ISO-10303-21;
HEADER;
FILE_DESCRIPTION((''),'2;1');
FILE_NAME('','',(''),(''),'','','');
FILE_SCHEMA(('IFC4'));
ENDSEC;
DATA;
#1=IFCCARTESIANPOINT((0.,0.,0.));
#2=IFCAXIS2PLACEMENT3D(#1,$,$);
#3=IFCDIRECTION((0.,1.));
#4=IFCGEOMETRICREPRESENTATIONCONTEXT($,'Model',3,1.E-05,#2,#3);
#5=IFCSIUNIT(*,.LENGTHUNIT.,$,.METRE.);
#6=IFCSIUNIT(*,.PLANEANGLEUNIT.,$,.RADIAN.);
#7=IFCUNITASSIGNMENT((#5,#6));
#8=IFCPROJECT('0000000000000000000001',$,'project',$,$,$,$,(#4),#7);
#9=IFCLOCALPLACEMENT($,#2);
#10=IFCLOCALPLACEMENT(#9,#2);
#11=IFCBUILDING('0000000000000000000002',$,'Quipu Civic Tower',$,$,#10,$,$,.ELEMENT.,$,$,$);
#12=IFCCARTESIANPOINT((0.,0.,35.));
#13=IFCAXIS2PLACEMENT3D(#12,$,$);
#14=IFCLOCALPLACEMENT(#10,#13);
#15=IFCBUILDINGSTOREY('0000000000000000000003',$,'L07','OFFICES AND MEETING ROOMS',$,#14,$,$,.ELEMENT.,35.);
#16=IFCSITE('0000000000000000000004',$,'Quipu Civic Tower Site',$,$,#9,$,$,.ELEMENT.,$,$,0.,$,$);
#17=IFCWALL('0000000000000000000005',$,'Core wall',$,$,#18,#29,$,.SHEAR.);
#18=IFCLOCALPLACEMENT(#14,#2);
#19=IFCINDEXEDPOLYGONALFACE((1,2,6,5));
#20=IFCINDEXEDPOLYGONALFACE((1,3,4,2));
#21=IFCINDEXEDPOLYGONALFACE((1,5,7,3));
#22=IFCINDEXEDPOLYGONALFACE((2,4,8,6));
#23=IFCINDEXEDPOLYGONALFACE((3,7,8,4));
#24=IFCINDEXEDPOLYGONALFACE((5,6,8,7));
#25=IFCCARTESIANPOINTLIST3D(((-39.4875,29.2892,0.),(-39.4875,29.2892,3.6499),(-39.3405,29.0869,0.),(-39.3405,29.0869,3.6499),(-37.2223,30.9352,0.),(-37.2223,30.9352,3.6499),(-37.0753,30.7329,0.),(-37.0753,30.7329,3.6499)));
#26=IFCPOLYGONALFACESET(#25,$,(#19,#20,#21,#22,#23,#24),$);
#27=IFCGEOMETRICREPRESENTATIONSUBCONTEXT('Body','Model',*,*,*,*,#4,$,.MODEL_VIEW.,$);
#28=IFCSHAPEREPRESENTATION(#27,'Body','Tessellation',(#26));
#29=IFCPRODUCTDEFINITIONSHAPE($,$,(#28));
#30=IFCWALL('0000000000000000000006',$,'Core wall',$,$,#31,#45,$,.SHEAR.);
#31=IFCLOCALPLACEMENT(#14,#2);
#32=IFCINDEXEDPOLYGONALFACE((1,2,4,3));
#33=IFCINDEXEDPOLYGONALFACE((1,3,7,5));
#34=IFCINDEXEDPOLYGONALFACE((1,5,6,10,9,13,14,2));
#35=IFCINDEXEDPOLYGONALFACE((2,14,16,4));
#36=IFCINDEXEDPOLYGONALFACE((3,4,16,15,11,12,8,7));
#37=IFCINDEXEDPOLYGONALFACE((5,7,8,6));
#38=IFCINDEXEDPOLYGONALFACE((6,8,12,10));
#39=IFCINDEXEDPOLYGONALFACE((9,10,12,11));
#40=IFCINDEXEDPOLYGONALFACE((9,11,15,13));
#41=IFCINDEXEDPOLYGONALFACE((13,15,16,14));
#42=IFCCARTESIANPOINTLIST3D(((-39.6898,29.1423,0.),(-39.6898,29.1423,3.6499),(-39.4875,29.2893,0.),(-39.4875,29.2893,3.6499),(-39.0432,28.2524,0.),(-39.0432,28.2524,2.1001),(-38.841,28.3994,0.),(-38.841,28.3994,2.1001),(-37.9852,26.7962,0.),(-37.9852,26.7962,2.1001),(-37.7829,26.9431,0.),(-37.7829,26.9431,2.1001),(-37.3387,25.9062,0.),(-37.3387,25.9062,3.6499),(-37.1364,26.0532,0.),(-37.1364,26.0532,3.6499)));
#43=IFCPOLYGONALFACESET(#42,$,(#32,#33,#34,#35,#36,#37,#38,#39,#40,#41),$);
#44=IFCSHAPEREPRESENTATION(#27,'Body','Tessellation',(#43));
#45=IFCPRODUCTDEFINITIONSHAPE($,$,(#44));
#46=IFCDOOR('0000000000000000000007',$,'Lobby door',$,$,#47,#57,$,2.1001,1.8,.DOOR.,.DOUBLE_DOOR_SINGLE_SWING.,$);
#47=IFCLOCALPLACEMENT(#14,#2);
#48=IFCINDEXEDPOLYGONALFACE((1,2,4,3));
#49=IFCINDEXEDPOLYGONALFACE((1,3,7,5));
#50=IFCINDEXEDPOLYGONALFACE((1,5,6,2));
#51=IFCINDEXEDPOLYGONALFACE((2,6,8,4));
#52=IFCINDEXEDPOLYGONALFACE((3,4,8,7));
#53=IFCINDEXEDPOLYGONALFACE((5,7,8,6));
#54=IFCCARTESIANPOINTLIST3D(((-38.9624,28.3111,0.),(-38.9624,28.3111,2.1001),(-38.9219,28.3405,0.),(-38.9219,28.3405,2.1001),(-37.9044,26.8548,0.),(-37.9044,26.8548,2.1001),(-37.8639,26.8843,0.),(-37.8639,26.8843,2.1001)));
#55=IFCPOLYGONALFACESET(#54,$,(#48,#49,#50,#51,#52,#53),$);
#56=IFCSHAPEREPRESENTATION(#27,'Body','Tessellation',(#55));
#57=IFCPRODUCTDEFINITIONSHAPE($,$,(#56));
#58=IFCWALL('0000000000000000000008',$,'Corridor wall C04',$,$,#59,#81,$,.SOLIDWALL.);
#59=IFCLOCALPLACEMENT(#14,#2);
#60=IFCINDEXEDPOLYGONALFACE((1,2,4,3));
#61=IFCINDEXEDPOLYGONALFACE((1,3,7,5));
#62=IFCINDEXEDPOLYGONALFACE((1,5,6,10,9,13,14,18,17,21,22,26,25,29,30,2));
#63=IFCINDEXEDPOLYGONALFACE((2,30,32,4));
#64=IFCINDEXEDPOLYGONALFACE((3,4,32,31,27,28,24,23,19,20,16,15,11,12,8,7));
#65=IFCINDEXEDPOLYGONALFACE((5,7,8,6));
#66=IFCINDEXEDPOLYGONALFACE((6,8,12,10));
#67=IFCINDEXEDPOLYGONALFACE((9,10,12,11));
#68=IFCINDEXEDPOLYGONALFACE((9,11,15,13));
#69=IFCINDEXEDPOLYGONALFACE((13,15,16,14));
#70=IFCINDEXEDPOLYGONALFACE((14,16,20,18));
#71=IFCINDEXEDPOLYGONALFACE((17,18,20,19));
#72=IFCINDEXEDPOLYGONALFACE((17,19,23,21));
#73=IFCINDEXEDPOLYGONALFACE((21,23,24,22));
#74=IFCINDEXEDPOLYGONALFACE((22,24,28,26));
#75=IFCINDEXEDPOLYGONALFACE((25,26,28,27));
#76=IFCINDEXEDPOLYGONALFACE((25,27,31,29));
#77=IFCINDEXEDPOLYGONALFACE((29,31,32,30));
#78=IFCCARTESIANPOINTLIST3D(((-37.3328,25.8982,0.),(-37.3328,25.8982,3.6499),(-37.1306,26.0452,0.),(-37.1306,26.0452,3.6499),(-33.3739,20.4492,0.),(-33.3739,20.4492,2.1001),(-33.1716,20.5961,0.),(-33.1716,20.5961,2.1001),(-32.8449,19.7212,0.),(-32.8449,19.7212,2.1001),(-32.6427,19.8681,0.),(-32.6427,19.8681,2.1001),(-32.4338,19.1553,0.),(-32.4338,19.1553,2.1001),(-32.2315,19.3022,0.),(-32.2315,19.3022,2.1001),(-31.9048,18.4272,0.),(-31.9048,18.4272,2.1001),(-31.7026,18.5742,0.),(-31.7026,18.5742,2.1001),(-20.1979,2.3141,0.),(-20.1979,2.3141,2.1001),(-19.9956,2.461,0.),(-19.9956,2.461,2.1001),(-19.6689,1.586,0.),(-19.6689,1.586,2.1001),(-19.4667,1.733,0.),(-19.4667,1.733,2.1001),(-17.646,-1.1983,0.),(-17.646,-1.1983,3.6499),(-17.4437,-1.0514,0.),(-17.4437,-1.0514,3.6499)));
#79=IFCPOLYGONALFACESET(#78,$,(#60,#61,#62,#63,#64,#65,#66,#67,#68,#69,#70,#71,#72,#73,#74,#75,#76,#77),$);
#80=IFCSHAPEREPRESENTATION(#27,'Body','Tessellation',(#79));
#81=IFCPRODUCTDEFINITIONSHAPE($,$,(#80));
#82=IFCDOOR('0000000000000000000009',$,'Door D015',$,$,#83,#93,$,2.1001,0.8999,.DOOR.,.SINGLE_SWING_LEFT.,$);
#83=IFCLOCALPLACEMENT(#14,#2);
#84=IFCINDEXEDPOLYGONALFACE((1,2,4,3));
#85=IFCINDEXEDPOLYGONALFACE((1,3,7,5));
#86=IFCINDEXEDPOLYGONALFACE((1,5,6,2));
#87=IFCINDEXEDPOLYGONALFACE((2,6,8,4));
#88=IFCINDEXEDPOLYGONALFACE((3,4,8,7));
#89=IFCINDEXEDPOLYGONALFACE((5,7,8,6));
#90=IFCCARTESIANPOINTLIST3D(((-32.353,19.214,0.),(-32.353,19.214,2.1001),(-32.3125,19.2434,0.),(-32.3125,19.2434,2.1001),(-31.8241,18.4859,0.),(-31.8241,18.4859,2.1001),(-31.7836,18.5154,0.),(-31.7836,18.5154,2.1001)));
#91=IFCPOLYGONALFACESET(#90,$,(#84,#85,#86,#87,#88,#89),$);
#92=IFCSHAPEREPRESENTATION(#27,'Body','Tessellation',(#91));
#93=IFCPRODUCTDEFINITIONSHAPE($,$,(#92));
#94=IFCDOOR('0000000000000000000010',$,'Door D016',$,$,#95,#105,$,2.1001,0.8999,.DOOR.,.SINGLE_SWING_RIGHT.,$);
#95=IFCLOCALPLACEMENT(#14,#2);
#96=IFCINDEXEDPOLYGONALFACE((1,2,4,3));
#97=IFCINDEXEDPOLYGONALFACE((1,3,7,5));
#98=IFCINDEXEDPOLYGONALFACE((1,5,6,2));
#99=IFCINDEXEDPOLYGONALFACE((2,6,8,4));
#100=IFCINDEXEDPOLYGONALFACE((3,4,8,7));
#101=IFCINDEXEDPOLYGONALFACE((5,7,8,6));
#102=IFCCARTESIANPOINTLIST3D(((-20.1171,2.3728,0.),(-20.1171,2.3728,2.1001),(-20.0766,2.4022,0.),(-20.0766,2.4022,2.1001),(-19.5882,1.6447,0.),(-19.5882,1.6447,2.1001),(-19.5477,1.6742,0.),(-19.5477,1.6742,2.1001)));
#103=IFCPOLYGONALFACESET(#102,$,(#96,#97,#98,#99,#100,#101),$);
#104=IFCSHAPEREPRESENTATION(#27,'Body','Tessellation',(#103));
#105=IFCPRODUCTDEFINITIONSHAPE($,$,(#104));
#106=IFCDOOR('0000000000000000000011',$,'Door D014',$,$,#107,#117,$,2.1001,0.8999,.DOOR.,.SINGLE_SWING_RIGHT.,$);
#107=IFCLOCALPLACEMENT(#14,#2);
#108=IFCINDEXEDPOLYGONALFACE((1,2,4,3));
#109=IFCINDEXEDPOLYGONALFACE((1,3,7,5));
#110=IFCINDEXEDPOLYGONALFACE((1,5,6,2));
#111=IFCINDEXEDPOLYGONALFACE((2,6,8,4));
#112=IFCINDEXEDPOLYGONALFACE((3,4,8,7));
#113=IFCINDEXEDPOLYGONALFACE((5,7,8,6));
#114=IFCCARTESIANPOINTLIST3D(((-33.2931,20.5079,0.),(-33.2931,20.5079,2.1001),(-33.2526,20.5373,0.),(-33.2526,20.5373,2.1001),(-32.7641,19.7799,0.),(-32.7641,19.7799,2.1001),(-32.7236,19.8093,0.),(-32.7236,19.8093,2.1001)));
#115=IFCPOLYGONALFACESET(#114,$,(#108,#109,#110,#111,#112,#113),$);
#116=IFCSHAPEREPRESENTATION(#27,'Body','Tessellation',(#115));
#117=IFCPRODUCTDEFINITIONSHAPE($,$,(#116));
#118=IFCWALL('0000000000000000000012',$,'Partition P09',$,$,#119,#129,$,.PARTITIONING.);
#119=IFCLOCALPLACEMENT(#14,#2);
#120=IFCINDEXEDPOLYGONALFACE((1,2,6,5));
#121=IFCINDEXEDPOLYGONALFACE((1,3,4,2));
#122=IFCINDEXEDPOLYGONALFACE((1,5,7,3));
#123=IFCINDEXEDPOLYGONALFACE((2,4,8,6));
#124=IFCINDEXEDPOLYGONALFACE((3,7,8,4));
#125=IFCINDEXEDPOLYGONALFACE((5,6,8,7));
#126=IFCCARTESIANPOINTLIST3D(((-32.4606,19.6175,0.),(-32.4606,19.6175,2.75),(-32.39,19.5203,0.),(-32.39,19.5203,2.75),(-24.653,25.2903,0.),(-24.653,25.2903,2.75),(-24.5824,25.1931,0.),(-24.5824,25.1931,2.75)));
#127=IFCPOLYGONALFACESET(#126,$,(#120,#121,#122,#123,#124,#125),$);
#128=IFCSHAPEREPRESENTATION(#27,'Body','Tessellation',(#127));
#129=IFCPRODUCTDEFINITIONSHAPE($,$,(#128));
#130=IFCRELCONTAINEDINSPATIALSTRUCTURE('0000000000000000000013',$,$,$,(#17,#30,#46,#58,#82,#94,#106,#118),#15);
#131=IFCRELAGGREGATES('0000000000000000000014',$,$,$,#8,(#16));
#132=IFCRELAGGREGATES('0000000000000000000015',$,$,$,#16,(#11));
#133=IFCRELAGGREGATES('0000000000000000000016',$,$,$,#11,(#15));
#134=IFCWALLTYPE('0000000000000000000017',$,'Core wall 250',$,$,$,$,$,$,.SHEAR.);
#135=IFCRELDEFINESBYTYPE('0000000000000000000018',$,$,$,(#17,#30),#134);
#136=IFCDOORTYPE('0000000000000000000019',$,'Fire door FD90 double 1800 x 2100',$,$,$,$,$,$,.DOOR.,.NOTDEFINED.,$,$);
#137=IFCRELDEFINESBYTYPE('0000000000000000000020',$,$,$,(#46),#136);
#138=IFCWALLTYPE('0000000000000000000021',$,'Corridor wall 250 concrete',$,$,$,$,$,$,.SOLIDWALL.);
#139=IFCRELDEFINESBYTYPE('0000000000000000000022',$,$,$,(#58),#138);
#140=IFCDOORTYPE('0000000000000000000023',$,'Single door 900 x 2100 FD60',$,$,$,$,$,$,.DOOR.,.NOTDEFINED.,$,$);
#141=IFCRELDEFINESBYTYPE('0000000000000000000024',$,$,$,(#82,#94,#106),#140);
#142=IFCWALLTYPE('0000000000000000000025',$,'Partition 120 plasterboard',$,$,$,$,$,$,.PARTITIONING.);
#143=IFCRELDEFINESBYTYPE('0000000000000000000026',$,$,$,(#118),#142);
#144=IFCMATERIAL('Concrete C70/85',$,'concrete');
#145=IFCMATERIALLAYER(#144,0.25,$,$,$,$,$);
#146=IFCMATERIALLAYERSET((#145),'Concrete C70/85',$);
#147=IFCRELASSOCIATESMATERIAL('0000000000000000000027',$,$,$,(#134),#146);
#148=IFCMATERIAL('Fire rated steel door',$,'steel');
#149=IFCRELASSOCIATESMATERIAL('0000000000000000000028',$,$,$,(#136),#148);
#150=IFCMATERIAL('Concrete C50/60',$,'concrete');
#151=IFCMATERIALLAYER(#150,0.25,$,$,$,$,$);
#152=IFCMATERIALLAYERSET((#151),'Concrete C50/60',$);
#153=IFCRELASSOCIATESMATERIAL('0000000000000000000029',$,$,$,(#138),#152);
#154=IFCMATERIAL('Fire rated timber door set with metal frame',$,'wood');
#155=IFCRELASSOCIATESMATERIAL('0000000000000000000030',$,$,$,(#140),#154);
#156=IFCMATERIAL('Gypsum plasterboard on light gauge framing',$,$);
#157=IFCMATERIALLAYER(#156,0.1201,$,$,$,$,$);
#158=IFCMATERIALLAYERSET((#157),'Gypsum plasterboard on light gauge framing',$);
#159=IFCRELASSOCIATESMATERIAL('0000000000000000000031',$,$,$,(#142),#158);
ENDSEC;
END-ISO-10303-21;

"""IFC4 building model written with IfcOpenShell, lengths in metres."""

from ifc_helpers import new_model, si_unit, direction, frame, frame_2d, origin, place, context, subcontext, project, spatial, rectangle, extrude, material, layer, layer_set, type_object, element, fill, save


model = new_model("IFC4")

# Units and contexts
model_context = context("Model", 3, precision=1e-05, world=origin(), true_north=direction((0.0, 1.0)))
body_context = subcontext(model_context, "Body", "Model", "MODEL_VIEW")
ifc_project = project(units=[si_unit("LENGTHUNIT", "METRE"), si_unit("PLANEANGLEUNIT", "RADIAN")], contexts=[model_context])

# Site, building, storey
site_placement = place(None, origin())
site = spatial("IfcSite", under=ifc_project, at=site_placement, Name="Quipu Civic Tower Site", CompositionType="ELEMENT", RefElevation=0.0)
building_placement = place(site_placement, origin())
building = spatial("IfcBuilding", under=site, at=building_placement, Name="Quipu Civic Tower", CompositionType="ELEMENT")
storey_placement = place(building_placement, frame((0.0, 0.0, 35.0)))
storey = spatial("IfcBuildingStorey", under=building, at=storey_placement, Name="L07", Description="OFFICES AND MEETING ROOMS", CompositionType="ELEMENT", Elevation=35.0)

# Shared definitions
ifc_material_1 = material(Name="Concrete C70/85", Category="concrete")
ifc_layer_1 = layer(ifc_material_1, 0.25)
ifc_layer_set_1 = layer_set([ifc_layer_1], Name="Concrete C70/85")
wall_type_1 = type_object("IfcWallType", Name="Core wall 250", PredefinedType="SHEAR", material=ifc_layer_set_1)

# Wall
for number, where, z_axis, x_axis, name in (
    (1, (-37.1489, 30.834, 0.0), (0.0, 0.0, 1.0), (-0.80897, -0.58785, 0.0), "Core wall"),
):
    element("IfcWall", number, at=place(storey_placement, frame(where, z_axis=z_axis, x_axis=x_axis)), inside=storey, type_object=wall_type_1, Name=name, PredefinedType="SHEAR", context=body_context, shape_type="SweptSolid", body=[
        extrude(rectangle(XDim=2.8, YDim=0.25, at=frame_2d((1.3999, 0.0))), origin(), (0.0, 0.0, 1.0), 3.6499),
    ])

# Wall, opening, door
wall_1_placement = place(storey_placement, frame((-39.5886, 29.2158, 0.0), z_axis=(0.0, 0.0, 1.0), x_axis=(0.587772, -0.809026, 0.0)))
wall_1 = element("IfcWall", 2, at=wall_1_placement, inside=storey, type_object=wall_type_1, Name="Core wall", PredefinedType="SHEAR", context=body_context, shape_type="SweptSolid", body=[
    extrude(rectangle(XDim=4.0, YDim=0.25, at=frame_2d((2.0, 0.0))), origin(), (0.0, 0.0, 1.0), 3.6499),
])
opening_1_placement = place(wall_1_placement, frame((1.1001, 0.0, 0.0)))
opening_1 = element("IfcOpeningElement", 3, at=opening_1_placement, cuts=wall_1, PredefinedType="OPENING", context=body_context, shape_type="SweptSolid", body=[
    extrude(rectangle(XDim=1.8, YDim=2.1001, at=frame_2d((0.8999, 1.05))), frame((0.0, 0.135, 0.0), z_axis=(0.0, -1.0, 0.0), x_axis=(1.0, 0.0, 0.0)), (0.0, 0.0, 1.0), 0.27),
])
ifc_material_2 = material(Name="Fire rated steel door", Category="steel")
door_type_1 = type_object("IfcDoorType", Name="Fire door FD90 double 1800 x 2100", OperationType="NOTDEFINED", PredefinedType="DOOR", material=ifc_material_2)
door_1_placement = place(opening_1_placement, origin())
door_1 = element("IfcDoor", 4, at=door_1_placement, inside=storey, type_object=door_type_1, Name="Lobby door", OperationType="DOUBLE_DOOR_SINGLE_SWING", OverallHeight=2.1001, OverallWidth=1.8, PredefinedType="DOOR", context=body_context, shape_type="SweptSolid", body=[
    extrude(rectangle(XDim=1.8, YDim=2.1001, at=frame_2d((0.8999, 1.05))), frame((0.0, 0.0249, 0.0), z_axis=(0.0, -1.0, 0.0), x_axis=(1.0, 0.0, 0.0)), (0.0, 0.0, 1.0), 0.05),
])
fill(opening_1, door_1)

# Wall, openings, doors
ifc_material_3 = material(Name="Concrete C50/60", Category="concrete")
ifc_layer_2 = layer(ifc_material_3, 0.25)
ifc_layer_set_2 = layer_set([ifc_layer_2], Name="Concrete C50/60")
wall_type_2 = type_object("IfcWallType", Name="Corridor wall 250 concrete", PredefinedType="SOLIDWALL", material=ifc_layer_set_2)
wall_2_placement = place(storey_placement, frame((-37.2317, 25.9717, 0.0), z_axis=(0.0, 0.0, 1.0), x_axis=(0.587786, -0.809016, 0.0)))
wall_2 = element("IfcWall", 5, at=wall_2_placement, inside=storey, type_object=wall_type_2, Name="Corridor wall C04", PredefinedType="SOLIDWALL", context=body_context, shape_type="SweptSolid", body=[
    extrude(rectangle(XDim=33.4932, YDim=0.25, at=frame_2d((16.7466, 0.0))), origin(), (0.0, 0.0, 1.0), 3.6499),
])
opening_2_placement = place(wall_2_placement, frame((8.3347, 0.0, 0.0)))
opening_2 = element("IfcOpeningElement", 6, at=opening_2_placement, cuts=wall_2, PredefinedType="OPENING", context=body_context, shape_type="SweptSolid", body=[
    extrude(rectangle(XDim=0.8999, YDim=2.1001, at=frame_2d((0.45, 1.05))), frame((0.0, 0.135, 0.0), z_axis=(0.0, -1.0, 0.0), x_axis=(1.0, 0.0, 0.0)), (0.0, 0.0, 1.0), 0.27),
])
opening_3_placement = place(wall_2_placement, frame((29.1516, 0.0, 0.0)))
opening_3 = element("IfcOpeningElement", 7, at=opening_3_placement, cuts=wall_2, PredefinedType="OPENING", context=body_context, shape_type="SweptSolid", body=[
    extrude(rectangle(XDim=0.8999, YDim=2.1001, at=frame_2d((0.45, 1.05))), frame((0.0, 0.135, 0.0), z_axis=(0.0, -1.0, 0.0), x_axis=(1.0, 0.0, 0.0)), (0.0, 0.0, 1.0), 0.27),
])
opening_4_placement = place(wall_2_placement, frame((6.7354, 0.0, 0.0)))
opening_4 = element("IfcOpeningElement", 8, at=opening_4_placement, cuts=wall_2, PredefinedType="OPENING", context=body_context, shape_type="SweptSolid", body=[
    extrude(rectangle(XDim=0.8999, YDim=2.1001, at=frame_2d((0.45, 1.05))), frame((0.0, 0.135, 0.0), z_axis=(0.0, -1.0, 0.0), x_axis=(1.0, 0.0, 0.0)), (0.0, 0.0, 1.0), 0.27),
])
ifc_material_4 = material(Name="Fire rated timber door set with metal frame", Category="wood")
door_type_2 = type_object("IfcDoorType", Name="Single door 900 x 2100 FD60", OperationType="NOTDEFINED", PredefinedType="DOOR", material=ifc_material_4)
door_2_placement = place(opening_2_placement, origin())
door_2 = element("IfcDoor", 9, at=door_2_placement, inside=storey, type_object=door_type_2, Name="Door D015", OperationType="SINGLE_SWING_LEFT", OverallHeight=2.1001, OverallWidth=0.8999, PredefinedType="DOOR", context=body_context, shape_type="SweptSolid", body=[
    extrude(rectangle(XDim=0.8999, YDim=2.1001, at=frame_2d((0.45, 1.05))), frame((0.0, 0.0249, 0.0), z_axis=(0.0, -1.0, 0.0), x_axis=(1.0, 0.0, 0.0)), (0.0, 0.0, 1.0), 0.05),
])
fill(opening_2, door_2)
door_3_placement = place(opening_3_placement, origin())
door_3 = element("IfcDoor", 10, at=door_3_placement, inside=storey, type_object=door_type_2, Name="Door D016", OperationType="SINGLE_SWING_RIGHT", OverallHeight=2.1001, OverallWidth=0.8999, PredefinedType="DOOR", context=body_context, shape_type="SweptSolid", body=[
    extrude(rectangle(XDim=0.8999, YDim=2.1001, at=frame_2d((0.45, 1.05))), frame((0.0, 0.0249, 0.0), z_axis=(0.0, -1.0, 0.0), x_axis=(1.0, 0.0, 0.0)), (0.0, 0.0, 1.0), 0.05),
])
fill(opening_3, door_3)
door_4_placement = place(opening_4_placement, origin())
door_4 = element("IfcDoor", 11, at=door_4_placement, inside=storey, type_object=door_type_2, Name="Door D014", OperationType="SINGLE_SWING_RIGHT", OverallHeight=2.1001, OverallWidth=0.8999, PredefinedType="DOOR", context=body_context, shape_type="SweptSolid", body=[
    extrude(rectangle(XDim=0.8999, YDim=2.1001, at=frame_2d((0.45, 1.05))), frame((0.0, 0.0249, 0.0), z_axis=(0.0, -1.0, 0.0), x_axis=(1.0, 0.0, 0.0)), (0.0, 0.0, 1.0), 0.05),
])
fill(opening_4, door_4)

# Wall
ifc_material_5 = material(Name="Gypsum plasterboard on light gauge framing")
ifc_layer_3 = layer(ifc_material_5, 0.1201)
ifc_layer_set_3 = layer_set([ifc_layer_3], Name="Gypsum plasterboard on light gauge framing")
wall_type_3 = type_object("IfcWallType", Name="Partition 120 plasterboard", PredefinedType="PARTITIONING", material=ifc_layer_set_3)
wall_3_placement = place(storey_placement, frame((-24.6177, 25.2417, 0.0), z_axis=(0.0, 0.0, 1.0), x_axis=(-0.809003, -0.587805, 0.0)))
element("IfcWall", 12, at=wall_3_placement, inside=storey, type_object=wall_type_3, Name="Partition P09", PredefinedType="PARTITIONING", context=body_context, shape_type="SweptSolid", body=[
    extrude(rectangle(XDim=9.6509, YDim=0.1201, at=frame_2d((4.8254, 0.0))), origin(), (0.0, 0.0, 1.0), 2.75),
])

save(model, "model.ifc")
